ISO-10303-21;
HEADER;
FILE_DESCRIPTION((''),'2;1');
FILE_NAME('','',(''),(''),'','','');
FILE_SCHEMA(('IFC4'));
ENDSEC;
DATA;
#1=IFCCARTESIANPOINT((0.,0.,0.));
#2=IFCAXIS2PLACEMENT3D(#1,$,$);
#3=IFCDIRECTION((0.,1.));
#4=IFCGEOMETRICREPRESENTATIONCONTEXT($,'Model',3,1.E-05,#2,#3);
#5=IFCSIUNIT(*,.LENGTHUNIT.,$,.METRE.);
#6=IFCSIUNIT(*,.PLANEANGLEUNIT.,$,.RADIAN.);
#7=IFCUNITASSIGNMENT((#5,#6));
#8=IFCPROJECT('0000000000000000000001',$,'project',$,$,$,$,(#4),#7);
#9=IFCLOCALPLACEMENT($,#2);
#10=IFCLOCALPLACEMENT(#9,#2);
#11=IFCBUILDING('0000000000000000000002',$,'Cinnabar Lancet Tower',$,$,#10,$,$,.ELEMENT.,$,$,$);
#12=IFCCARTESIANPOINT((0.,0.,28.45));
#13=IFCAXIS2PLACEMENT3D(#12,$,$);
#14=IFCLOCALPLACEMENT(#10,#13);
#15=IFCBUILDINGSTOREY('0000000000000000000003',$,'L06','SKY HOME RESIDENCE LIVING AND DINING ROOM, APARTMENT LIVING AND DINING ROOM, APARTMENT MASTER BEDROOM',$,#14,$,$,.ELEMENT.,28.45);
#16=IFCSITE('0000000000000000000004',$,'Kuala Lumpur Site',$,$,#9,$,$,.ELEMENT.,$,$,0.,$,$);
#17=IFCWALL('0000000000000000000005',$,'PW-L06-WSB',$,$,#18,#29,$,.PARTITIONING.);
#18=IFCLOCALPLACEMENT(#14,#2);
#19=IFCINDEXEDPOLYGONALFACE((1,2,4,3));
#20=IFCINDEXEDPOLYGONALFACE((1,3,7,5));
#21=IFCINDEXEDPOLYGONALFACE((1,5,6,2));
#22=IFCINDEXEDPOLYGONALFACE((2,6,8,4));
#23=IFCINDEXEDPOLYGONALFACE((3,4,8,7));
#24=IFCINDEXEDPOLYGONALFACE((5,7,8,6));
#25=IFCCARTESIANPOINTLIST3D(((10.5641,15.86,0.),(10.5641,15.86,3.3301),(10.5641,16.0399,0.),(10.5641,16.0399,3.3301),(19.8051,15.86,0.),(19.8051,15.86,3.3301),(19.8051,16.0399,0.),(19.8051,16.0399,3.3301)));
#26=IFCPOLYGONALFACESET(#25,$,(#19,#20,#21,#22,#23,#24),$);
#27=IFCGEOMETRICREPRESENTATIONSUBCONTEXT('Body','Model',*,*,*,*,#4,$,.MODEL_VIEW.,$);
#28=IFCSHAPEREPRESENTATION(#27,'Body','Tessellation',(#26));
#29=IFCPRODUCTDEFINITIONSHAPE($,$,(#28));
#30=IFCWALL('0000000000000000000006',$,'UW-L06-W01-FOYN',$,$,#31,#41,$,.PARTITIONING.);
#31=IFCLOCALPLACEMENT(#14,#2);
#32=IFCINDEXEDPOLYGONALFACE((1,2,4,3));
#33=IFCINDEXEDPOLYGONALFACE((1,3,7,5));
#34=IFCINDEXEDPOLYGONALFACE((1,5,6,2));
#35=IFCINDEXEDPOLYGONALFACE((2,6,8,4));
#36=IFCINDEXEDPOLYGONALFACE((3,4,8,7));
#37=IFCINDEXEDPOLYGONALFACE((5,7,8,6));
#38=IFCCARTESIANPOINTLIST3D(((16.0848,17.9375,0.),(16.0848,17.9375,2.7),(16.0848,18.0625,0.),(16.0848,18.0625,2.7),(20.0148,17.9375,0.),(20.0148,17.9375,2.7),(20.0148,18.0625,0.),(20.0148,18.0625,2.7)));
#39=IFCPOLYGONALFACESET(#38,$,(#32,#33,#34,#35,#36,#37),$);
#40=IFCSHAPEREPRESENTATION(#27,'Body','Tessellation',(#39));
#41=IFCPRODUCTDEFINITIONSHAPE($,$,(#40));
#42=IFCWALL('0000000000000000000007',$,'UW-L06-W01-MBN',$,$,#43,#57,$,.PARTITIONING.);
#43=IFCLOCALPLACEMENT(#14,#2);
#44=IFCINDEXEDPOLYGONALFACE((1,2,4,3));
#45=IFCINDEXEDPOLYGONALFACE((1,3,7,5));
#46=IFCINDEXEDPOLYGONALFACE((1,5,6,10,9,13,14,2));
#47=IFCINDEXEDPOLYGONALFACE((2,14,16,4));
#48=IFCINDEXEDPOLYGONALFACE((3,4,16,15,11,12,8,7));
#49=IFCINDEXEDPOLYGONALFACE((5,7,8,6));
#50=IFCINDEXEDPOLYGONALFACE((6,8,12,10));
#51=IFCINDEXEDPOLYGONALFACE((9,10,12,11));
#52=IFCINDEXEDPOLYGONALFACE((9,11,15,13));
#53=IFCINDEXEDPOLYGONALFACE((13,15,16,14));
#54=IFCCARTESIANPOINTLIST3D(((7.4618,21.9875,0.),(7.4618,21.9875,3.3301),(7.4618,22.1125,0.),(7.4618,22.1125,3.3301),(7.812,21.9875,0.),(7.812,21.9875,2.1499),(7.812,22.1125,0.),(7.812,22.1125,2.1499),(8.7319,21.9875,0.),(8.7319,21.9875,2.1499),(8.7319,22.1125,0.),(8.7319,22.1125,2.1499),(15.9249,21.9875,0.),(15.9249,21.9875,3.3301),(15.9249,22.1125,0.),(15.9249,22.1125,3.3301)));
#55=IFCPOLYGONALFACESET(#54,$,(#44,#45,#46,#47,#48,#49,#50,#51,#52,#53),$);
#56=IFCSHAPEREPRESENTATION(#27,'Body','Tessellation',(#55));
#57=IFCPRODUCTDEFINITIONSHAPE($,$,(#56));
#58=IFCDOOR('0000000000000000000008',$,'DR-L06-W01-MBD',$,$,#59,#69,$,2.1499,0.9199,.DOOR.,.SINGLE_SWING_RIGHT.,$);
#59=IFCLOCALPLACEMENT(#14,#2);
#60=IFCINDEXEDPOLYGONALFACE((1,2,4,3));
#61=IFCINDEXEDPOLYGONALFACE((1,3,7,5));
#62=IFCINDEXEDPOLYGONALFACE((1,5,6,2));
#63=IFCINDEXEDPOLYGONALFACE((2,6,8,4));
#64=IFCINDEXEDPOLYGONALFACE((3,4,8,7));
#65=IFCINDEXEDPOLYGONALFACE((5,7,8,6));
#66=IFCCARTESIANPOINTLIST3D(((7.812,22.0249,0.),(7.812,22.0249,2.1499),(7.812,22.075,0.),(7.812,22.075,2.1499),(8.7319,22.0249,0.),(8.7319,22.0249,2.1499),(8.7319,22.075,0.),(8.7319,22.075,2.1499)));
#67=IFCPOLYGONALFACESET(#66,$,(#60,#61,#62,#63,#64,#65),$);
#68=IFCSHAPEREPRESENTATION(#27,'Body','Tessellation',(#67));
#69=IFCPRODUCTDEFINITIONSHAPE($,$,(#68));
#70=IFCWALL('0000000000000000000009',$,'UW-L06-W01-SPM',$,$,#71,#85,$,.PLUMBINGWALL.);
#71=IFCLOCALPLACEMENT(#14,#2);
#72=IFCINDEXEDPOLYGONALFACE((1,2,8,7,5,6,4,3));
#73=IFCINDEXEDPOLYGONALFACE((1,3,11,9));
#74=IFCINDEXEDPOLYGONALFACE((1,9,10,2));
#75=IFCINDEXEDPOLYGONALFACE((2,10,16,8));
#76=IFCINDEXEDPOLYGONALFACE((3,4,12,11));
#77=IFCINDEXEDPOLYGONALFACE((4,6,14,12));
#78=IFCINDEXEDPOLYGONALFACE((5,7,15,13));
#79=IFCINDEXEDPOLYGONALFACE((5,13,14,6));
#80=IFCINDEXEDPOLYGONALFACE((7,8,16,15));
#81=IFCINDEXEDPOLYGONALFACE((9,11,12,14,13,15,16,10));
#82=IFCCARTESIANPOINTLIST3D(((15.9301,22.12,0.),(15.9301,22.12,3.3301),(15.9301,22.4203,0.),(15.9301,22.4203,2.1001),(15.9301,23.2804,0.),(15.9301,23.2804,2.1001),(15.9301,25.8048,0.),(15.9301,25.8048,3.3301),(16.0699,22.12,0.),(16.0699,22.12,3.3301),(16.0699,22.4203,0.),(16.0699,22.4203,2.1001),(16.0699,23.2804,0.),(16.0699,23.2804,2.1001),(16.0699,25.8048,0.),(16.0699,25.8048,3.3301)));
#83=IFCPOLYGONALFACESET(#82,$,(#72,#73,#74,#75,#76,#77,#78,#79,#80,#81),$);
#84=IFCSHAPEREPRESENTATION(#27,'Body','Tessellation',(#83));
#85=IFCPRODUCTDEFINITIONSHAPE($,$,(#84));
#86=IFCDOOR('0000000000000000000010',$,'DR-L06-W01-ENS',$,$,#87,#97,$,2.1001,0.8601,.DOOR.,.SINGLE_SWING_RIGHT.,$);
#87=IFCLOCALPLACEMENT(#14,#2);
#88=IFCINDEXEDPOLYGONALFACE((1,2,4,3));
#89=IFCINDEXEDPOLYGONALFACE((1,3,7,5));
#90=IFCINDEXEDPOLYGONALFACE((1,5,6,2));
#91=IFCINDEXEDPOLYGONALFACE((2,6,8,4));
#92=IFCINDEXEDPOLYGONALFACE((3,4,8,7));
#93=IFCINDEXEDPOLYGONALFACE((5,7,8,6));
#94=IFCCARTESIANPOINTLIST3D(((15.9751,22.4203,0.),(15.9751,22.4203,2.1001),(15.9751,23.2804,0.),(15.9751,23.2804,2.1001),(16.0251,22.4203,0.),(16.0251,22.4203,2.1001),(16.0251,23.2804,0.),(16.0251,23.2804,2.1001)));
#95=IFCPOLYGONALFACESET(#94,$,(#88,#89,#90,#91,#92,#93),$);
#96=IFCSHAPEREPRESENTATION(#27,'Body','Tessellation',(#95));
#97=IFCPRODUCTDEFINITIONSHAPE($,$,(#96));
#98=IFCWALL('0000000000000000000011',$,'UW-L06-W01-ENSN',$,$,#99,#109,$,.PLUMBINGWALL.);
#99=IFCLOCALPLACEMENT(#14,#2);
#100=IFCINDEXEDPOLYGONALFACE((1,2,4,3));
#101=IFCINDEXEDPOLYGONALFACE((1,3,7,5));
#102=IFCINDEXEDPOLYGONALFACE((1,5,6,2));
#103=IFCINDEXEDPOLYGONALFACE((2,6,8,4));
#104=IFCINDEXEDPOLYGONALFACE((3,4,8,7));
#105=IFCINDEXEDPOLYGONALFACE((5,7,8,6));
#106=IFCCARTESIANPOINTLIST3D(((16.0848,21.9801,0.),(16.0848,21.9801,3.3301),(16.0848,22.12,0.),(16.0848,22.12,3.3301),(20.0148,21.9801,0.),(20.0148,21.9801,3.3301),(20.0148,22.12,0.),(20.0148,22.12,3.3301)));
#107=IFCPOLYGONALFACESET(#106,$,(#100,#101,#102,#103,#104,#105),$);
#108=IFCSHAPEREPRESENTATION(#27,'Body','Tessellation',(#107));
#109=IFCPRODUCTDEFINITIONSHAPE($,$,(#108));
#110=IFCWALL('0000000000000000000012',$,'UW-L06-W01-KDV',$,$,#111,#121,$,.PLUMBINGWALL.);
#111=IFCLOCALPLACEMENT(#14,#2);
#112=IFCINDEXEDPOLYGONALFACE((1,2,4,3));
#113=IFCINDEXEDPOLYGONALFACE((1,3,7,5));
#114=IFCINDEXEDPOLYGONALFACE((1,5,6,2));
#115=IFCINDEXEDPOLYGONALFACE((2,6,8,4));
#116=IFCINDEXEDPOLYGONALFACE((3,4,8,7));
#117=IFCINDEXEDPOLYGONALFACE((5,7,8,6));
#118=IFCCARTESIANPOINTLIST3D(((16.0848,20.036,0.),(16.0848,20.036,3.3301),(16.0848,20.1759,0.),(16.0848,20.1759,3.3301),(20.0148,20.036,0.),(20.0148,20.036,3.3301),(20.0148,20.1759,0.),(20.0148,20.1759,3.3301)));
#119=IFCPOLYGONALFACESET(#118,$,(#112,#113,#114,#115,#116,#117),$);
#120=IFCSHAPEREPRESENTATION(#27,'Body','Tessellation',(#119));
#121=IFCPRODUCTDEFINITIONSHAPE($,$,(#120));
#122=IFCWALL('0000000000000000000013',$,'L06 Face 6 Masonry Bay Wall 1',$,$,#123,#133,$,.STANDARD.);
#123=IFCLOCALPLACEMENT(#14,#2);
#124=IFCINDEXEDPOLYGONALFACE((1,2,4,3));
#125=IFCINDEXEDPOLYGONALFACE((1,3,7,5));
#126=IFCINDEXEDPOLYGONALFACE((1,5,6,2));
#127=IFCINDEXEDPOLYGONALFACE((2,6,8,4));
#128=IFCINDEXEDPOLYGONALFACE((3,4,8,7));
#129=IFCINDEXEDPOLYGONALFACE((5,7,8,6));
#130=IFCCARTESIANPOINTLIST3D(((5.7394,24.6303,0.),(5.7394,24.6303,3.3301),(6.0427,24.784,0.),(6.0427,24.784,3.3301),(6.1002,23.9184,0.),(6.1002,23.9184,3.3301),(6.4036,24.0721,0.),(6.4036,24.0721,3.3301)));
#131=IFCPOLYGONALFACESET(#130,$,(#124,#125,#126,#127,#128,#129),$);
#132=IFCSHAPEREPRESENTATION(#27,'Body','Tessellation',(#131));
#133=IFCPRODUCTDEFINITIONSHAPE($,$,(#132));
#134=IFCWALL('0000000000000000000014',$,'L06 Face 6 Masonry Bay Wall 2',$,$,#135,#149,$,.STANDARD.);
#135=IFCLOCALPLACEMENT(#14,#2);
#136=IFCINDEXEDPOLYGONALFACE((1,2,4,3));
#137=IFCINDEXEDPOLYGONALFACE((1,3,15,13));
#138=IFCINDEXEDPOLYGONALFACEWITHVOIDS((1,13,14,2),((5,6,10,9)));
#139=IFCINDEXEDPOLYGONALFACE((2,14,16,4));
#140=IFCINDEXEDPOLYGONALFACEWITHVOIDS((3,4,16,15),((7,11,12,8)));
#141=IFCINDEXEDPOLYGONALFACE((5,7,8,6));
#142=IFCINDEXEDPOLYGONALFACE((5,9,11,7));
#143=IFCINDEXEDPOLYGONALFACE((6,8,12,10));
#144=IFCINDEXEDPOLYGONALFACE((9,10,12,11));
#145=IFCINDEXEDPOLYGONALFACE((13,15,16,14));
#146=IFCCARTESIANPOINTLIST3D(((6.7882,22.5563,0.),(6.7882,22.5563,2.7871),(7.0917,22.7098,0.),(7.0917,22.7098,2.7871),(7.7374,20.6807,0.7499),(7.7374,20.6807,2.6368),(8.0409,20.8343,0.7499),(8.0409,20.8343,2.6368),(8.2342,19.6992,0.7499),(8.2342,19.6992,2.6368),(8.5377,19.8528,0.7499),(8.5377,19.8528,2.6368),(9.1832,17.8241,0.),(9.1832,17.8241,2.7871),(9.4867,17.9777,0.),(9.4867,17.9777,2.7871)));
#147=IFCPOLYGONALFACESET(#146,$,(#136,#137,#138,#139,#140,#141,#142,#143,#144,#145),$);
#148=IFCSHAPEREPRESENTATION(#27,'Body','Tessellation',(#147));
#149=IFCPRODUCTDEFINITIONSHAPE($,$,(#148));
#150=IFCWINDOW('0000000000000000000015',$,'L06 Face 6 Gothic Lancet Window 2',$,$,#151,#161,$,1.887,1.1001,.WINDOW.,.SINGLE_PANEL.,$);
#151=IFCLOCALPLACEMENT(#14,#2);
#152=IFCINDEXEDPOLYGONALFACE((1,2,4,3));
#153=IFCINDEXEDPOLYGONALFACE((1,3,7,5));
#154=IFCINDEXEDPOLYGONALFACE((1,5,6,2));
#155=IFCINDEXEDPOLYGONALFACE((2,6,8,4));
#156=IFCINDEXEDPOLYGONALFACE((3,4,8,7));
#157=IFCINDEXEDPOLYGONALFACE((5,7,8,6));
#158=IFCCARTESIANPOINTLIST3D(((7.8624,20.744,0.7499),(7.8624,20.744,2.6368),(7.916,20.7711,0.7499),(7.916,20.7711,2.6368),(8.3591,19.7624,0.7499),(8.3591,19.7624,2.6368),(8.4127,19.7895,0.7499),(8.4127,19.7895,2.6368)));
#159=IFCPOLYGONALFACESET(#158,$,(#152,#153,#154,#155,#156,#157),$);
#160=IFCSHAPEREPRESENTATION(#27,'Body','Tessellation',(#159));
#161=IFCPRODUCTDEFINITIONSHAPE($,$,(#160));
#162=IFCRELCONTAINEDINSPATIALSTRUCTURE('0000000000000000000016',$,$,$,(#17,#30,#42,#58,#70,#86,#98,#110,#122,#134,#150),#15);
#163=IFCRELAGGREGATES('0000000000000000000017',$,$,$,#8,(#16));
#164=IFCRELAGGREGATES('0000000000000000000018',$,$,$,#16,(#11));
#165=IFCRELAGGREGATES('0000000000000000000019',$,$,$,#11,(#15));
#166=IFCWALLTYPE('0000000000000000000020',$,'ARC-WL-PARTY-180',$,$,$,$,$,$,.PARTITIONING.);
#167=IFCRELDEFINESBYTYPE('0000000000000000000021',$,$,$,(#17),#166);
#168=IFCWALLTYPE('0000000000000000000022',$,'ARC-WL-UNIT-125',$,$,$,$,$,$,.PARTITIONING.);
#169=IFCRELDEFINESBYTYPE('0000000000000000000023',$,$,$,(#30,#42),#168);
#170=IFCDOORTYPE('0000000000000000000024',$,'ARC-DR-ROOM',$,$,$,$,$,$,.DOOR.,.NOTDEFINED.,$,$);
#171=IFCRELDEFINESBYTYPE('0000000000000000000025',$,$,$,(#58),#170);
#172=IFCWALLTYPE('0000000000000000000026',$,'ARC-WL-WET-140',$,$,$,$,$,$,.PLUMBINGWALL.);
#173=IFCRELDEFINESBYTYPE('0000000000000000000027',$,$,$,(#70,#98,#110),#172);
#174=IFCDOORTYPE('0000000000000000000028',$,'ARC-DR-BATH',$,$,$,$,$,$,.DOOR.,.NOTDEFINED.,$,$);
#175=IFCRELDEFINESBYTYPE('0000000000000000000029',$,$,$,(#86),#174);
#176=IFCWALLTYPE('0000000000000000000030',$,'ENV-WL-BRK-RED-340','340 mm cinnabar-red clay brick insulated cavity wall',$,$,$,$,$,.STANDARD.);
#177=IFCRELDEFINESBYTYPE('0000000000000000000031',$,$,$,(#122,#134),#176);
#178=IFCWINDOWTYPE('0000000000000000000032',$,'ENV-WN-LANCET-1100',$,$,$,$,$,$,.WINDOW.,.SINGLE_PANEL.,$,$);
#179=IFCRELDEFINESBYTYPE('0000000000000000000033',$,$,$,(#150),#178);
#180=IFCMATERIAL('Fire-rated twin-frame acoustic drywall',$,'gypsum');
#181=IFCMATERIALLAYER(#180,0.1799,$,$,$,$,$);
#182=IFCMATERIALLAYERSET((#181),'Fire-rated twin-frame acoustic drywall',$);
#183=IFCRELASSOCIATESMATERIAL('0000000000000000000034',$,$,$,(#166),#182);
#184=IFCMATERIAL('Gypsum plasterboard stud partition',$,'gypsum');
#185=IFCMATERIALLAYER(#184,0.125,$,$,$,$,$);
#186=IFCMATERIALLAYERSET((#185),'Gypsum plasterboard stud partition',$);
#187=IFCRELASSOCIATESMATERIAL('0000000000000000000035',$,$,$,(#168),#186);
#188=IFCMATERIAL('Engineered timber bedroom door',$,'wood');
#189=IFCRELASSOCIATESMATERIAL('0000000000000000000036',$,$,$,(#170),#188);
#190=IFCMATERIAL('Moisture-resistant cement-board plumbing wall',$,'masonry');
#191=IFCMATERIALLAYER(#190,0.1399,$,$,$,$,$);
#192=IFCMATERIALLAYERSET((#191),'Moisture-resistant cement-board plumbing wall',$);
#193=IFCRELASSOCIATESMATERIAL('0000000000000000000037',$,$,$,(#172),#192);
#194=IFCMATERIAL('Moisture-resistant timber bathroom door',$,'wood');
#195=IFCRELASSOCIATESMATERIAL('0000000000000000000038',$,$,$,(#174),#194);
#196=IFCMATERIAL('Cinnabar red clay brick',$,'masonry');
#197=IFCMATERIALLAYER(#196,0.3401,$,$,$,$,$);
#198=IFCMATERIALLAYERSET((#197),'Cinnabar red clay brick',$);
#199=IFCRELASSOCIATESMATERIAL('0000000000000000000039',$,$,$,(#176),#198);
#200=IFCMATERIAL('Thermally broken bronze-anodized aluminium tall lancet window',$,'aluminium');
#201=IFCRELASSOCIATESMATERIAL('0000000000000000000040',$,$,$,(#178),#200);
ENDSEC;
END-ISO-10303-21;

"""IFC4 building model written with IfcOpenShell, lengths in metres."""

from ifc_helpers import new_model, si_unit, direction, frame, frame_2d, origin, place, context, subcontext, project, spatial, rectangle, extrude, material, layer, layer_set, type_object, element, fill, save


model = new_model("IFC4")

# Units and contexts
model_context = context("Model", 3, precision=1e-05, world=origin(), true_north=direction((0.0, 1.0)))
body_context = subcontext(model_context, "Body", "Model", "MODEL_VIEW")
ifc_project = project(units=[si_unit("LENGTHUNIT", "METRE"), si_unit("PLANEANGLEUNIT", "RADIAN")], contexts=[model_context])

# Site, building, storey
site_placement = place(None, origin())
site = spatial("IfcSite", under=ifc_project, at=site_placement, Name="Kuala Lumpur Site", CompositionType="ELEMENT", RefElevation=0.0)
building_placement = place(site_placement, origin())
building = spatial("IfcBuilding", under=site, at=building_placement, Name="Cinnabar Lancet Tower", CompositionType="ELEMENT")
storey_placement = place(building_placement, frame((0.0, 0.0, 28.45)))
storey = spatial("IfcBuildingStorey", under=building, at=storey_placement, Name="L06", Description="SKY HOME RESIDENCE LIVING AND DINING ROOM, APARTMENT LIVING AND DINING ROOM, APARTMENT MASTER BEDROOM", CompositionType="ELEMENT", Elevation=28.45)

# Walls
ifc_material_1 = material(Name="Fire-rated twin-frame acoustic drywall", Category="gypsum")
ifc_layer_1 = layer(ifc_material_1, 0.1799)
ifc_layer_set_1 = layer_set([ifc_layer_1], Name="Fire-rated twin-frame acoustic drywall")
wall_type_1 = type_object("IfcWallType", Name="ARC-WL-PARTY-180", PredefinedType="PARTITIONING", material=ifc_layer_set_1)
wall_1_placement = place(storey_placement, frame((10.564, 15.95, 0.0), z_axis=(0.0, 0.0, 1.0), x_axis=(1.0, 0.0, 0.0)))
element("IfcWall", 1, at=wall_1_placement, inside=storey, type_object=wall_type_1, Name="PW-L06-WSB", PredefinedType="PARTITIONING", context=body_context, shape_type="SweptSolid", body=[
    extrude(rectangle(XDim=9.241, YDim=0.1799, at=frame_2d((4.6206, 0.0))), origin(), (0.0, 0.0, 1.0), 3.3301),
])
ifc_material_2 = material(Name="Gypsum plasterboard stud partition", Category="gypsum")
ifc_layer_2 = layer(ifc_material_2, 0.125)
ifc_layer_set_2 = layer_set([ifc_layer_2], Name="Gypsum plasterboard stud partition")
wall_type_2 = type_object("IfcWallType", Name="ARC-WL-UNIT-125", PredefinedType="PARTITIONING", material=ifc_layer_set_2)
wall_2_placement = place(storey_placement, frame((16.085, 18.0, 0.0), z_axis=(0.0, 0.0, 1.0), x_axis=(1.0, 0.0, 0.0)))
element("IfcWall", 2, at=wall_2_placement, inside=storey, type_object=wall_type_2, Name="UW-L06-W01-FOYN", PredefinedType="PARTITIONING", context=body_context, shape_type="SweptSolid", body=[
    extrude(rectangle(XDim=3.9299, YDim=0.125, at=frame_2d((1.9648, 0.0))), origin(), (0.0, 0.0, 1.0), 2.7),
])

# Wall, opening, door
wall_3_placement = place(storey_placement, frame((7.4619, 22.05, 0.0), z_axis=(0.0, 0.0, 1.0), x_axis=(1.0, 0.0, 0.0)))
wall_3 = element("IfcWall", 3, at=wall_3_placement, inside=storey, type_object=wall_type_2, Name="UW-L06-W01-MBN", PredefinedType="PARTITIONING", context=body_context, shape_type="SweptSolid", body=[
    extrude(rectangle(XDim=8.4631, YDim=0.125, at=frame_2d((4.2314, 0.0))), origin(), (0.0, 0.0, 1.0), 3.3301),
])
opening_1_placement = place(wall_3_placement, frame((0.3501, 0.0, 0.0)))
opening_1 = element("IfcOpeningElement", 4, at=opening_1_placement, cuts=wall_3, PredefinedType="OPENING", context=body_context, shape_type="SweptSolid", body=[
    extrude(rectangle(XDim=0.9199, YDim=2.1499, at=frame_2d((0.46, 1.075))), frame((0.0, 0.0725, 0.0), z_axis=(0.0, -1.0, 0.0), x_axis=(1.0, 0.0, 0.0)), (0.0, 0.0, 1.0), 0.145),
])
ifc_material_3 = material(Name="Engineered timber bedroom door", Category="wood")
door_type_1 = type_object("IfcDoorType", Name="ARC-DR-ROOM", OperationType="NOTDEFINED", PredefinedType="DOOR", material=ifc_material_3)
door_1_placement = place(opening_1_placement, origin())
door_1 = element("IfcDoor", 5, at=door_1_placement, inside=storey, type_object=door_type_1, Name="DR-L06-W01-MBD", OperationType="SINGLE_SWING_RIGHT", OverallHeight=2.1499, OverallWidth=0.9199, PredefinedType="DOOR", context=body_context, shape_type="SweptSolid", body=[
    extrude(rectangle(XDim=0.9199, YDim=2.1499, at=frame_2d((0.46, 1.075))), frame((0.0, 0.0249, 0.0), z_axis=(0.0, -1.0, 0.0), x_axis=(1.0, 0.0, 0.0)), (0.0, 0.0, 1.0), 0.05),
])
fill(opening_1, door_1)

# Shared definitions
ifc_material_4 = material(Name="Moisture-resistant cement-board plumbing wall", Category="masonry")
ifc_layer_3 = layer(ifc_material_4, 0.1399)
ifc_layer_set_3 = layer_set([ifc_layer_3], Name="Moisture-resistant cement-board plumbing wall")
wall_type_3 = type_object("IfcWallType", Name="ARC-WL-WET-140", PredefinedType="PLUMBINGWALL", material=ifc_layer_set_3)
ifc_material_5 = material(Name="Moisture-resistant timber bathroom door", Category="wood")
door_type_2 = type_object("IfcDoorType", Name="ARC-DR-BATH", OperationType="NOTDEFINED", PredefinedType="DOOR", material=ifc_material_5)

# Wall, opening, door
wall_4_placement = place(storey_placement, frame((16.0, 22.1201, 0.0), z_axis=(0.0, 0.0, 1.0), x_axis=(0.0, 1.0, 0.0)))
wall_4 = element("IfcWall", 6, at=wall_4_placement, inside=storey, type_object=wall_type_3, Name="UW-L06-W01-SPM", PredefinedType="PLUMBINGWALL", context=body_context, shape_type="SweptSolid", body=[
    extrude(rectangle(XDim=3.6848, YDim=0.1399, at=frame_2d((1.8423, 0.0))), origin(), (0.0, 0.0, 1.0), 3.3301),
])
opening_2_placement = place(wall_4_placement, frame((0.3, 0.0, 0.0)))
opening_2 = element("IfcOpeningElement", 7, at=opening_2_placement, cuts=wall_4, PredefinedType="OPENING", context=body_context, shape_type="SweptSolid", body=[
    extrude(rectangle(XDim=0.8601, YDim=2.1001, at=frame_2d((0.4302, 1.05))), frame((0.0, 0.0798, 0.0), z_axis=(0.0, -1.0, 0.0), x_axis=(1.0, 0.0, 0.0)), (0.0, 0.0, 1.0), 0.1599),
])
door_2_placement = place(opening_2_placement, origin())
door_2 = element("IfcDoor", 8, at=door_2_placement, inside=storey, type_object=door_type_2, Name="DR-L06-W01-ENS", OperationType="SINGLE_SWING_RIGHT", OverallHeight=2.1001, OverallWidth=0.8601, PredefinedType="DOOR", context=body_context, shape_type="SweptSolid", body=[
    extrude(rectangle(XDim=0.8601, YDim=2.1001, at=frame_2d((0.4302, 1.05))), frame((0.0, 0.0249, 0.0), z_axis=(0.0, -1.0, 0.0), x_axis=(1.0, 0.0, 0.0)), (0.0, 0.0, 1.0), 0.05),
])
fill(opening_2, door_2)

# Walls
for number, where, z_axis, x_axis, name in (
    (9, (16.085, 22.05, 0.0), (0.0, 0.0, 1.0), (1.0, 0.0, 0.0), "UW-L06-W01-ENSN"),
    (10, (16.085, 20.106, 0.0), (0.0, 0.0, 1.0), (1.0, 0.0, 0.0), "UW-L06-W01-KDV"),
):
    element("IfcWall", number, at=place(storey_placement, frame(where, z_axis=z_axis, x_axis=x_axis)), inside=storey, type_object=wall_type_3, Name=name, PredefinedType="PLUMBINGWALL", context=body_context, shape_type="SweptSolid", body=[
        extrude(rectangle(XDim=3.9299, YDim=0.1399, at=frame_2d((1.9648, 0.0))), origin(), (0.0, 0.0, 1.0), 3.3301),
    ])
ifc_material_6 = material(Name="Cinnabar red clay brick", Category="masonry")
ifc_layer_4 = layer(ifc_material_6, 0.3401)
ifc_layer_set_4 = layer_set([ifc_layer_4], Name="Cinnabar red clay brick")
wall_type_4 = type_object("IfcWallType", Name="ENV-WL-BRK-RED-340", Description="340 mm cinnabar-red clay brick insulated cavity wall", PredefinedType="STANDARD", material=ifc_layer_set_4)
wall_5_placement = place(storey_placement, frame((5.8911, 24.707, 0.0), z_axis=(0.0, 0.0, 1.0), x_axis=(0.452101, -0.891967, 0.0)))
element("IfcWall", 11, at=wall_5_placement, inside=storey, type_object=wall_type_4, Name="L06 Face 6 Masonry Bay Wall 1", PredefinedType="STANDARD", context=body_context, shape_type="SweptSolid", body=[
    extrude(rectangle(XDim=0.7981, YDim=0.3401, at=frame_2d((0.3989, 0.0))), origin(), (0.0, 0.0, 1.0), 3.3301),
])

# Wall, opening, window
wall_6_placement = place(storey_placement, frame((6.9399, 22.6331, 0.0), z_axis=(0.0, 0.0, 1.0), x_axis=(0.451572, -0.892235, 0.0)))
wall_6 = element("IfcWall", 12, at=wall_6_placement, inside=storey, type_object=wall_type_4, Name="L06 Face 6 Masonry Bay Wall 2", PredefinedType="STANDARD", context=body_context, shape_type="SweptSolid", body=[
    extrude(rectangle(XDim=5.3037, YDim=0.3401, at=frame_2d((2.6519, 0.0))), origin(), (0.0, 0.0, 1.0), 2.7871),
])
opening_3_placement = place(wall_6_placement, frame((2.1021, 0.0, 0.75)))
opening_3 = element("IfcOpeningElement", 13, at=opening_3_placement, cuts=wall_6, PredefinedType="OPENING", context=body_context, shape_type="SweptSolid", body=[
    extrude(rectangle(XDim=1.1001, YDim=1.887, at=frame_2d((0.55, 0.9434))), frame((0.0, 0.1799, 0.0), z_axis=(0.0, -1.0, 0.0), x_axis=(1.0, 0.0, 0.0)), (0.0, 0.0, 1.0), 0.3601),
])
ifc_material_7 = material(Name="Thermally broken bronze-anodized aluminium tall lancet window", Category="aluminium")
window_type = type_object("IfcWindowType", Name="ENV-WN-LANCET-1100", PartitioningType="SINGLE_PANEL", PredefinedType="WINDOW", material=ifc_material_7)
window_1_placement = place(opening_3_placement, origin())
window_1 = element("IfcWindow", 14, at=window_1_placement, inside=storey, type_object=window_type, Name="L06 Face 6 Gothic Lancet Window 2", OverallHeight=1.887, OverallWidth=1.1001, PartitioningType="SINGLE_PANEL", PredefinedType="WINDOW", context=body_context, shape_type="SweptSolid", body=[
    extrude(rectangle(XDim=1.1001, YDim=1.887, at=frame_2d((0.55, 0.9434))), frame((0.0, 0.03, 0.0), z_axis=(0.0, -1.0, 0.0), x_axis=(1.0, 0.0, 0.0)), (0.0, 0.0, 1.0), 0.0601),
])
fill(opening_3, window_1)

save(model, "model.ifc")
